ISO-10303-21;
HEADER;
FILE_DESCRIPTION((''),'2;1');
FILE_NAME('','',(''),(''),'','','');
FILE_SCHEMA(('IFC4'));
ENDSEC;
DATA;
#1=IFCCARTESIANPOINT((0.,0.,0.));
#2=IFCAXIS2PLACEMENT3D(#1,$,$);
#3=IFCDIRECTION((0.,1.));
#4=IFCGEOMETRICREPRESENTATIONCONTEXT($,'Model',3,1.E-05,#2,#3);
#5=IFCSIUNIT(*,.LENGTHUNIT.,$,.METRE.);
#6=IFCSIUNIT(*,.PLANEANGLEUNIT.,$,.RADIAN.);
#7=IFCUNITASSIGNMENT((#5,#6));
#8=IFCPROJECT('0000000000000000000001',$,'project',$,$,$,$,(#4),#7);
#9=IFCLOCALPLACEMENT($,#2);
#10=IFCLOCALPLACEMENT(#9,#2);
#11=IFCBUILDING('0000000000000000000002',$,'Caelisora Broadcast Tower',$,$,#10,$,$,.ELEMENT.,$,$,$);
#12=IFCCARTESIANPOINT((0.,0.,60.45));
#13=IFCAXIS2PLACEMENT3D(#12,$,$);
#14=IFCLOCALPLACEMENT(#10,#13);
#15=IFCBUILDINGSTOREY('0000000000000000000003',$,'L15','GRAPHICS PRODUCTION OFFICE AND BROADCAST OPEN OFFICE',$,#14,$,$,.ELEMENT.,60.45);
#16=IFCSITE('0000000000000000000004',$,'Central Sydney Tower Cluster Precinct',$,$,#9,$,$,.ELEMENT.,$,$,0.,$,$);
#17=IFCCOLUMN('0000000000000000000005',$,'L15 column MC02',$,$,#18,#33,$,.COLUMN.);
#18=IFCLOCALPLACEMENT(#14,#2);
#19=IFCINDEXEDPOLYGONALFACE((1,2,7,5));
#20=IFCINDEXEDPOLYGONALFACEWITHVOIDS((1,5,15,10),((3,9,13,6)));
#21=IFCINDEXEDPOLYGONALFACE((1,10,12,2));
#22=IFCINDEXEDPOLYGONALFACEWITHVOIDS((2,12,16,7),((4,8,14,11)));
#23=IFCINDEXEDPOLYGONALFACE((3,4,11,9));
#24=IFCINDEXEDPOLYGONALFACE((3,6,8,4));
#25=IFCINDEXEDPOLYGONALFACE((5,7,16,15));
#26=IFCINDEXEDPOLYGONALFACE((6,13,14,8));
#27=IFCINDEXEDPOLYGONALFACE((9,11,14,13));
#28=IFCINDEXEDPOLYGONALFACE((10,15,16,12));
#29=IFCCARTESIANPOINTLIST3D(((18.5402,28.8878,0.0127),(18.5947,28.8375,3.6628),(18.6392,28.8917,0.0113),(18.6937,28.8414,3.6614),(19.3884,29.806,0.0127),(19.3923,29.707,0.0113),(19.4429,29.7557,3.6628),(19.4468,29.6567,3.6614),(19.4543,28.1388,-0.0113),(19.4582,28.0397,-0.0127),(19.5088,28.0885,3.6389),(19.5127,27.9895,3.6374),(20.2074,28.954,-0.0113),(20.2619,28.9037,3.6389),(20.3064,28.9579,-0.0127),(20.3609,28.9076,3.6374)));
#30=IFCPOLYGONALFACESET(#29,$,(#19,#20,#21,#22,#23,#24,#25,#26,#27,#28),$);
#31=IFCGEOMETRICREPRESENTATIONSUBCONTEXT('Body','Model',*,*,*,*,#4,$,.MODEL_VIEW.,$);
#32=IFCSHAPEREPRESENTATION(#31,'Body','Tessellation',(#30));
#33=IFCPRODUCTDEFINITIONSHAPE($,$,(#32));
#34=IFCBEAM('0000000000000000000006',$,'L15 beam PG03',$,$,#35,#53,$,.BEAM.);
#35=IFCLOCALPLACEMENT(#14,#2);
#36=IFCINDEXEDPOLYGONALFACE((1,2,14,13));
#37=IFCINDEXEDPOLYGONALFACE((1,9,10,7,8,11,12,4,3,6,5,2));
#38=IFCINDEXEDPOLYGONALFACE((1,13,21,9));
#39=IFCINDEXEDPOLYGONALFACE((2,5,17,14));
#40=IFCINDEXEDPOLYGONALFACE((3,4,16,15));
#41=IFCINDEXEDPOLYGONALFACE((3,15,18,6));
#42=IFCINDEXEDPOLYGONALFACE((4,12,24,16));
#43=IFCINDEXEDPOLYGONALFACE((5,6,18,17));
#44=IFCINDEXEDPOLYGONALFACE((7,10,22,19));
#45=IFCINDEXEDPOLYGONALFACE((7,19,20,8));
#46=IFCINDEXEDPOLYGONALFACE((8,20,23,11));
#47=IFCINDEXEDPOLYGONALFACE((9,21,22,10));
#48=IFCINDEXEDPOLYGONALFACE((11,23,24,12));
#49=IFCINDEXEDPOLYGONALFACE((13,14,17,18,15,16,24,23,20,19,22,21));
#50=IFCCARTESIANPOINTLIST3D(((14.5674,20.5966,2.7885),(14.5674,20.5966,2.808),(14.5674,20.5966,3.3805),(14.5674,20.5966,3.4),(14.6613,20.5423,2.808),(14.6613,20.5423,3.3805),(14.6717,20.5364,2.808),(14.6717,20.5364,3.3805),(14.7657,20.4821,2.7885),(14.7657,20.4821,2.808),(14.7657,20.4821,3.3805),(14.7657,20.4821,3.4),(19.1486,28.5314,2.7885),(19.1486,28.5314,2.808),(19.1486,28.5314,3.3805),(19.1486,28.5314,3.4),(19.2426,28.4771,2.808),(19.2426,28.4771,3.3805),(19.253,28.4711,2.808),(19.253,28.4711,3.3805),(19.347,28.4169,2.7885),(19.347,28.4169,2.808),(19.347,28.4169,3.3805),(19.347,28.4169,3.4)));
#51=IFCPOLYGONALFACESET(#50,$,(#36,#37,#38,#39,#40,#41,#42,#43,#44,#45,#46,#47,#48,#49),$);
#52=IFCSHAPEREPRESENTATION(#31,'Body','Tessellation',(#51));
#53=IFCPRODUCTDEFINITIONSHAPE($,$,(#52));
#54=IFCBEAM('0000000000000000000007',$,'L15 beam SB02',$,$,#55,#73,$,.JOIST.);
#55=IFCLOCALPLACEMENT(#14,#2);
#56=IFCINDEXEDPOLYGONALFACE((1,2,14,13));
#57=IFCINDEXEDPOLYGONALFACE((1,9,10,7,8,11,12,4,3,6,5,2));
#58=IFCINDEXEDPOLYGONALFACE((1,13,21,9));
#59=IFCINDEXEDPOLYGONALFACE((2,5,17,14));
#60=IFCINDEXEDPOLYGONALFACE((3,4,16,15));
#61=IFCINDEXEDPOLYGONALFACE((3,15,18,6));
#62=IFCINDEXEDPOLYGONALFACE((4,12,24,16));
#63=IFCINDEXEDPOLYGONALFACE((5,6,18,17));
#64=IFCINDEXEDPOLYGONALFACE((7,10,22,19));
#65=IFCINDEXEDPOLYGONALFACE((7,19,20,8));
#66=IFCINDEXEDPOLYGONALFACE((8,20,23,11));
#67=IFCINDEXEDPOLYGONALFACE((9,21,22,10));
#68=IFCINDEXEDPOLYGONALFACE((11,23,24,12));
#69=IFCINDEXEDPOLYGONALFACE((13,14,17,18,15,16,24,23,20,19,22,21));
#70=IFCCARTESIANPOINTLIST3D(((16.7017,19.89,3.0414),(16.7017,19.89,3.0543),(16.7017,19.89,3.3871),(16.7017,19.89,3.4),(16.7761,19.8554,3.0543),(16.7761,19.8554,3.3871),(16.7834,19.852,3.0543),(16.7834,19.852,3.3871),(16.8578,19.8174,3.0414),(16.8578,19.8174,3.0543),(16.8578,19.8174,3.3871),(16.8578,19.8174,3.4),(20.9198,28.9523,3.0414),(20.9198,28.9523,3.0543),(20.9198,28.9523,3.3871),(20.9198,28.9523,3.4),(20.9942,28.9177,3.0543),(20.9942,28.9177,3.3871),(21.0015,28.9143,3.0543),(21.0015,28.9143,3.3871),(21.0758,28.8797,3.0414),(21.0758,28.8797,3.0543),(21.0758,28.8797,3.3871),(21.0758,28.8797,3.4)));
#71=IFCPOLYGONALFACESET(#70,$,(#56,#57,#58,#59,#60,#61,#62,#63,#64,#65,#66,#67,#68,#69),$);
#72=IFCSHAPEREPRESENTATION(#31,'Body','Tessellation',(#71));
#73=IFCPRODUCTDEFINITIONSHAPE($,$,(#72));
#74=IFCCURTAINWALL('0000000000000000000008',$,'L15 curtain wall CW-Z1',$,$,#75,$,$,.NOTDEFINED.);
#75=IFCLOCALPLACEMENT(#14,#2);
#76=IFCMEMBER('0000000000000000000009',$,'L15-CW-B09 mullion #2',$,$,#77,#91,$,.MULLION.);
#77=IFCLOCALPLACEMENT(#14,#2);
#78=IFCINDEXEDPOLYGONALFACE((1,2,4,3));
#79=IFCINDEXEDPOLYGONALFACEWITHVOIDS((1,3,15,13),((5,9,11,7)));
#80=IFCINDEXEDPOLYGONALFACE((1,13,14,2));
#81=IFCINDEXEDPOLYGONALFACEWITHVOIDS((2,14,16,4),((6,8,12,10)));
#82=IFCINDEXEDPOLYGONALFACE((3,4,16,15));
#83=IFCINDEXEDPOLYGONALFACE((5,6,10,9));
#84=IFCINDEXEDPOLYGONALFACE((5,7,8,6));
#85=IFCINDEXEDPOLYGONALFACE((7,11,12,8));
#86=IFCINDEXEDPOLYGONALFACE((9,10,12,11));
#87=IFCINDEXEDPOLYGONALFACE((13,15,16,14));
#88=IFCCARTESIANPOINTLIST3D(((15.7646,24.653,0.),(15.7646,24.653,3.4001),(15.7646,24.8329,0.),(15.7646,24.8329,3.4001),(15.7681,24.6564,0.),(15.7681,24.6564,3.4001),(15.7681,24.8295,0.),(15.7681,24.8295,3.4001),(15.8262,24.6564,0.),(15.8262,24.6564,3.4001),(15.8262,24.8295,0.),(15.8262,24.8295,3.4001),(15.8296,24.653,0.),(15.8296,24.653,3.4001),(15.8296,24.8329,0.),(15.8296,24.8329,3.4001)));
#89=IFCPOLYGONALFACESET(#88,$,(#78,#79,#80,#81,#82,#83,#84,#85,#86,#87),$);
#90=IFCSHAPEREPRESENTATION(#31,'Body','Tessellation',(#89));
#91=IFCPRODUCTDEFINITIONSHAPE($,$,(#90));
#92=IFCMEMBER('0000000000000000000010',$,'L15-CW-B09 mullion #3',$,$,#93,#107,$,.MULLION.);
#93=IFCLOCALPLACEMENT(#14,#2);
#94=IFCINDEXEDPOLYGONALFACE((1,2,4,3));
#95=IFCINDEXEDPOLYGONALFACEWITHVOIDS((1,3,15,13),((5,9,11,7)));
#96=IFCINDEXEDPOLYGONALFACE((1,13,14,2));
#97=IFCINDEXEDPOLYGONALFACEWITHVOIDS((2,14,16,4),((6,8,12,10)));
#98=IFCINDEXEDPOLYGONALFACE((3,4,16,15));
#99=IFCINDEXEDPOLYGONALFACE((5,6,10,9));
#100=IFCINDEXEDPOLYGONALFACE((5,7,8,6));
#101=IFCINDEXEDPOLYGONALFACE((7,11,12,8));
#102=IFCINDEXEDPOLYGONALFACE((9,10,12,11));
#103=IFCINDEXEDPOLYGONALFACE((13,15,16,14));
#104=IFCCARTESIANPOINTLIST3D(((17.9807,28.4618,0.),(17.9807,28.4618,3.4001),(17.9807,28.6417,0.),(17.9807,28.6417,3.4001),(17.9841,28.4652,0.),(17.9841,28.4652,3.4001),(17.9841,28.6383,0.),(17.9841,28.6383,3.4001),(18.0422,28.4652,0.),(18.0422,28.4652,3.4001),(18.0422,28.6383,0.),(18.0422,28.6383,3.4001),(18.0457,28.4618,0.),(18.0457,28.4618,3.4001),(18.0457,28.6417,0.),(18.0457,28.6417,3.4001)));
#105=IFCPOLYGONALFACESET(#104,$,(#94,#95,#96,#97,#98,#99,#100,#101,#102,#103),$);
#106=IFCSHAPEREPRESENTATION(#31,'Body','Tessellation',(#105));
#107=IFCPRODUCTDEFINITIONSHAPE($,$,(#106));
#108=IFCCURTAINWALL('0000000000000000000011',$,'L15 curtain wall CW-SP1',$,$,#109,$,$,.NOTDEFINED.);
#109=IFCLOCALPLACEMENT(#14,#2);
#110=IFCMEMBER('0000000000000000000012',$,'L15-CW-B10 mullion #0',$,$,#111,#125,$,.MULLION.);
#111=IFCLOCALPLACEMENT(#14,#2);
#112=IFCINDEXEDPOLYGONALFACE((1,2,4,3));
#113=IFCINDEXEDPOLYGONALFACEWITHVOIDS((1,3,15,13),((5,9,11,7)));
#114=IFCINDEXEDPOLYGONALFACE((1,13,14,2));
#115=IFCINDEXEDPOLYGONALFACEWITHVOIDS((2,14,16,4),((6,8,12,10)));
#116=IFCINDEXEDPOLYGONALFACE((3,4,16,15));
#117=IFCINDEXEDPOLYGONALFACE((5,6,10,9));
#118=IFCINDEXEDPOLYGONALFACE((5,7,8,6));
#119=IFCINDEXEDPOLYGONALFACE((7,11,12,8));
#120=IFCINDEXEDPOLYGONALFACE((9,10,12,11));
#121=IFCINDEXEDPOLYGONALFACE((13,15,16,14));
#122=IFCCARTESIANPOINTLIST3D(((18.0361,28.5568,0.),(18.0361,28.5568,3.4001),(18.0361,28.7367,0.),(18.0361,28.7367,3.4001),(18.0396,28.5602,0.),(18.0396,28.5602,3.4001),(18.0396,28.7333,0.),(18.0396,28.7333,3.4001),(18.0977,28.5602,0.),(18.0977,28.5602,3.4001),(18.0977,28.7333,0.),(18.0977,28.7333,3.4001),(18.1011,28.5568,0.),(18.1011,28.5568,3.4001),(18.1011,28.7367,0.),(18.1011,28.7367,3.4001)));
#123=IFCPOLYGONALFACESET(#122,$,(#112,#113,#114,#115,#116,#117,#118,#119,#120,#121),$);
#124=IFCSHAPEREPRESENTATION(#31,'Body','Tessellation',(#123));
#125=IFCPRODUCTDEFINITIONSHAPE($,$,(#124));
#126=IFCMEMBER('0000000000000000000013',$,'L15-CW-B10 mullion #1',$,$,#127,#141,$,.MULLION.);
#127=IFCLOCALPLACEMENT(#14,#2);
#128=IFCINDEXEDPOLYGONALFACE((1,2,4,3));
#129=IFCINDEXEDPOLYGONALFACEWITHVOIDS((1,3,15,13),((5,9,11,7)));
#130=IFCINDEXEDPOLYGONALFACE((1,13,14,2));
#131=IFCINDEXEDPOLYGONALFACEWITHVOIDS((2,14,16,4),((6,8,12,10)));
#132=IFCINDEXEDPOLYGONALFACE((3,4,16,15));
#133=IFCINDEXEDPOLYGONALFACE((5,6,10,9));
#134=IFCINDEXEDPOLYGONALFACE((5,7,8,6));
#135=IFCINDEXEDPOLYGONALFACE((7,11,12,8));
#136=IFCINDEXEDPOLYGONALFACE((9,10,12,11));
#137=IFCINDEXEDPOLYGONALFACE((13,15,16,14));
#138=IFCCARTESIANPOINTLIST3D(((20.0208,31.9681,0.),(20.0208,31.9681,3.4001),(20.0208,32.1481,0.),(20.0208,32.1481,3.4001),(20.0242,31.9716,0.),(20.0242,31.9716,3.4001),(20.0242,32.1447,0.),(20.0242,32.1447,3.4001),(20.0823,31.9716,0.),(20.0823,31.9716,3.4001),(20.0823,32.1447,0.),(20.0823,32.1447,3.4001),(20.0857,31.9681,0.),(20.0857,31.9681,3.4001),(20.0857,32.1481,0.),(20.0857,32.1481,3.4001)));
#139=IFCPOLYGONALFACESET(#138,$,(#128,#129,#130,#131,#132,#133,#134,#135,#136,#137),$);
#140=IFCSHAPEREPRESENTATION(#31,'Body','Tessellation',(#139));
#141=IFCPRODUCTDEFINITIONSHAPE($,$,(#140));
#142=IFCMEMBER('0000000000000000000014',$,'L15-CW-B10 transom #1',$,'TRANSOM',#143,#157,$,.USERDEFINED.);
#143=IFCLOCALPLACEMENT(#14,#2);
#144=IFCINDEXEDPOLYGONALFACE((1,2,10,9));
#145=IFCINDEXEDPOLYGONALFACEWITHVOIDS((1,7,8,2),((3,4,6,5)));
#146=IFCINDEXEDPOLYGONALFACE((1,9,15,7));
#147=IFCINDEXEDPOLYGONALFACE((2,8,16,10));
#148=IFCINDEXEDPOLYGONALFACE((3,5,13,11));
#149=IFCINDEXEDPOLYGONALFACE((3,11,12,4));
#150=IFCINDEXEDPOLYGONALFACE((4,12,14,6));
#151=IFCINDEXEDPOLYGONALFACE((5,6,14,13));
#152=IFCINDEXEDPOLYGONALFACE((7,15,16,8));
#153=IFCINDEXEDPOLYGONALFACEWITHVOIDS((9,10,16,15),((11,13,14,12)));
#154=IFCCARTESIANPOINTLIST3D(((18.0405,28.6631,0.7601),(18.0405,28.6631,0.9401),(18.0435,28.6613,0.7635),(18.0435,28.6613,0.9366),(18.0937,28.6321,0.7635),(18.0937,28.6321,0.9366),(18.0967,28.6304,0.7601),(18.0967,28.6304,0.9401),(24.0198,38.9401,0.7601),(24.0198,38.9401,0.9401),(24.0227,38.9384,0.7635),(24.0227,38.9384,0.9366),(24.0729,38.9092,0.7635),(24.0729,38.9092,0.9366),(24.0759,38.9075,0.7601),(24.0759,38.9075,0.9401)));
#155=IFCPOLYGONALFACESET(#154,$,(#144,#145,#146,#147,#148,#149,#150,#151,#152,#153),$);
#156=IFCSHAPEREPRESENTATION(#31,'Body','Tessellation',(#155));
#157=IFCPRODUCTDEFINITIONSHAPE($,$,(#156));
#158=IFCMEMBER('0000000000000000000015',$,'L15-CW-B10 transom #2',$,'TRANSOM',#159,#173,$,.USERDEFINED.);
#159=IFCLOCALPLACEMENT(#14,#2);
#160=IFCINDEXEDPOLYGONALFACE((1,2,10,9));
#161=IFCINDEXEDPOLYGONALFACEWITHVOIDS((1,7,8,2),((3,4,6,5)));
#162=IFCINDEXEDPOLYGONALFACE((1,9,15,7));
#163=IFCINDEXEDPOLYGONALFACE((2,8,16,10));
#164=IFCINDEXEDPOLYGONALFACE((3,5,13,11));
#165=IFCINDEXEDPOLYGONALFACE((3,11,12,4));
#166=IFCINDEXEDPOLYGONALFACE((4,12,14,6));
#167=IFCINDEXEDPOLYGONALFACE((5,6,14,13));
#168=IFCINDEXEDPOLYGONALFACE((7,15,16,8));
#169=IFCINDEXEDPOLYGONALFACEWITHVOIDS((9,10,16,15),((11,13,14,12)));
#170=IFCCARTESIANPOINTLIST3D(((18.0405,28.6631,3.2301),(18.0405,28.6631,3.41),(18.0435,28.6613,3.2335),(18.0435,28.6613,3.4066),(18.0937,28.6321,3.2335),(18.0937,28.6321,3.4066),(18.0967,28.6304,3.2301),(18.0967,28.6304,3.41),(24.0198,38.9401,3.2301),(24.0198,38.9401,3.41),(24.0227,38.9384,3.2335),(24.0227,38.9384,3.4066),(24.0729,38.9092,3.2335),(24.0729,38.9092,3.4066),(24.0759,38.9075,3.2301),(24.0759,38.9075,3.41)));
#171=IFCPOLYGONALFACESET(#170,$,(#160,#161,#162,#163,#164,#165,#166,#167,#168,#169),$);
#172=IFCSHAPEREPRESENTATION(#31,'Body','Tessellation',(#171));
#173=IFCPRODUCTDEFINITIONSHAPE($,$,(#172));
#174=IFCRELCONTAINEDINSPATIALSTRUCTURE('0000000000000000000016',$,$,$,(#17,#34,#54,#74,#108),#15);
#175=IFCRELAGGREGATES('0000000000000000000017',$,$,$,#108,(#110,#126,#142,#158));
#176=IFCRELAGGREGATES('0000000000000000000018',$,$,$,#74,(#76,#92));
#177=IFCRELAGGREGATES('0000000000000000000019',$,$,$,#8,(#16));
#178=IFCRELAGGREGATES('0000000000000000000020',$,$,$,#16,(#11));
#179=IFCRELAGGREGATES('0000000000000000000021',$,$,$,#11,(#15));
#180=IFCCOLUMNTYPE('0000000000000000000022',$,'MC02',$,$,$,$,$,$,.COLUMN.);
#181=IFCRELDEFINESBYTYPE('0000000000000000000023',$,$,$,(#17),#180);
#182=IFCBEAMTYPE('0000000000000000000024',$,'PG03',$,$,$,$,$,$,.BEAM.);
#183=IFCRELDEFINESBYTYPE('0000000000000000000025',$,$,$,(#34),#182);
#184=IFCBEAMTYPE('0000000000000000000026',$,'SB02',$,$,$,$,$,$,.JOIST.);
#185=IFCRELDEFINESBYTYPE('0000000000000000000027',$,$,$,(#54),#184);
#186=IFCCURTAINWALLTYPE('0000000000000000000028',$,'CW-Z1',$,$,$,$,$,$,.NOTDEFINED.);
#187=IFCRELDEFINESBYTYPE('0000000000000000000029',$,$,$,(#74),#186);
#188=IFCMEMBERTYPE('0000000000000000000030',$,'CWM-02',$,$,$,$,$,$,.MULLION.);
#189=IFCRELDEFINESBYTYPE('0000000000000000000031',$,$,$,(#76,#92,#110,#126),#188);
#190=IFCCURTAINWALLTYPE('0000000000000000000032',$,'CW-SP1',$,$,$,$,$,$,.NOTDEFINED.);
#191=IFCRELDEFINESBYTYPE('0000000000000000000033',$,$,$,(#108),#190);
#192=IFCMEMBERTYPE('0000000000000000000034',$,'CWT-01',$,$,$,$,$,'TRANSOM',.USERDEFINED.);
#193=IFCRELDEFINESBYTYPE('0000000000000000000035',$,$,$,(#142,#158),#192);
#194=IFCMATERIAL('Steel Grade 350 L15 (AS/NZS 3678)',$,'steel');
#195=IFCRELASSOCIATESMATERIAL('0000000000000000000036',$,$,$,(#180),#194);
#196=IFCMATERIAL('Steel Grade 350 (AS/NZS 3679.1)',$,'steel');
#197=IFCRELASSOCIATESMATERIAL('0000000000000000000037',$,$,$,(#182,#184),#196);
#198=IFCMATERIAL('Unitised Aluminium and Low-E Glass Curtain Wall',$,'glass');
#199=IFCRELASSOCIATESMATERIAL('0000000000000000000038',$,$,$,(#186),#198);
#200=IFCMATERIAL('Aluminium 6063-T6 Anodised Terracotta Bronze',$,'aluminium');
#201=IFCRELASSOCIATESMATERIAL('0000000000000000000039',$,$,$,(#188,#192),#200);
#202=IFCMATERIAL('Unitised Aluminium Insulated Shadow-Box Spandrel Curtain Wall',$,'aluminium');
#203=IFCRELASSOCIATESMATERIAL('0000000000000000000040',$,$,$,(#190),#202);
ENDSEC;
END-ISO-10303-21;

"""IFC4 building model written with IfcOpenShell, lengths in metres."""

from ifc_helpers import new_model, si_unit, direction, frame, origin, origin_2d, place, context, subcontext, project, spatial, hollow_rectangle, i_section, extrude, source, transform, mapped, material, material_profile, profile_set, type_object, type_shapes, element, aggregate, save


model = new_model("IFC4")

# Units and contexts
model_context = context("Model", 3, precision=1e-05, world=origin(), true_north=direction((0.0, 1.0)))
body_context = subcontext(model_context, "Body", "Model", "MODEL_VIEW")
ifc_project = project(units=[si_unit("LENGTHUNIT", "METRE"), si_unit("PLANEANGLEUNIT", "RADIAN")], contexts=[model_context])

# Site, building, storey
site_placement = place(None, origin())
site = spatial("IfcSite", under=ifc_project, at=site_placement, Name="Central Sydney Tower Cluster Precinct", CompositionType="ELEMENT", RefElevation=0.0)
building_placement = place(site_placement, origin())
building = spatial("IfcBuilding", under=site, at=building_placement, Name="Caelisora Broadcast Tower", CompositionType="ELEMENT")
storey_placement = place(building_placement, frame((0.0, 0.0, 60.45)))
storey = spatial("IfcBuildingStorey", under=building, at=storey_placement, Name="L15", Description="GRAPHICS PRODUCTION OFFICE AND BROADCAST OPEN OFFICE", CompositionType="ELEMENT", Elevation=60.45)

# Column
ifc_material_1 = material(Name="Steel Grade 350 L15 (AS/NZS 3678)", Category="steel")
ifc_material_profile_1 = material_profile(ifc_material_1, hollow_rectangle(XDim=1.25, YDim=1.25, WallThickness=0.0701, at=origin_2d()), Name="Steel Grade 350 L15 (AS/NZS 3678)")
ifc_profile_set_1 = profile_set([ifc_material_profile_1], Name="Steel Grade 350 L15 (AS/NZS 3678)")
column_type = type_object("IfcColumnType", Name="MC02", PredefinedType="COLUMN", material=ifc_profile_set_1)
shared_shape_1 = source(origin(), body_context, "Body", "SweptSolid", [
    extrude(hollow_rectangle(XDim=1.25, YDim=1.25, WallThickness=0.0701, at=origin_2d()), origin(), (0.0, 0.0, 1.0), 3.6509),
])
type_shapes(column_type, [shared_shape_1])
column_placement = place(storey_placement, frame((19.4233, 28.9229, 0.0), z_axis=(0.014912, -0.013776, 0.999794), x_axis=(0.678554, 0.734551, 0.0)))
element("IfcColumn", 1, at=column_placement, inside=storey, type_object=column_type, Name="L15 column MC02", PredefinedType="COLUMN", context=body_context, shape_type="MappedRepresentation", body=[
    mapped(shared_shape_1, transform((0.0, 0.0, 0.0), scale=1.0)),
])

# Beams
ifc_material_2 = material(Name="Steel Grade 350 (AS/NZS 3679.1)", Category="steel")
ifc_material_profile_2 = material_profile(ifc_material_2, i_section(OverallWidth=0.229, OverallDepth=0.6116, WebThickness=0.012, FlangeThickness=0.0195, at=origin_2d()), Name="Steel Grade 350 (AS/NZS 3679.1)")
ifc_profile_set_2 = profile_set([ifc_material_profile_2], Name="Steel Grade 350 (AS/NZS 3679.1)")
beam_type_1 = type_object("IfcBeamType", Name="PG03", PredefinedType="BEAM", material=ifc_profile_set_2)
shared_shape_2 = source(origin(), body_context, "Body", "SweptSolid", [
    extrude(i_section(OverallWidth=0.229, OverallDepth=0.6116, WebThickness=0.012, FlangeThickness=0.0195, at=origin_2d()), origin(), (0.0, 0.0, 1.0), 9.1624),
])
type_shapes(beam_type_1, [shared_shape_2])
beam_1_placement = place(storey_placement, frame((19.2478, 28.4741, 3.0942), z_axis=(-0.500011, -0.866019, 0.0), x_axis=(0.866019, -0.500011, 0.0)))
element("IfcBeam", 2, at=beam_1_placement, inside=storey, type_object=beam_type_1, Name="L15 beam PG03", PredefinedType="BEAM", context=body_context, shape_type="MappedRepresentation", body=[
    mapped(shared_shape_2, transform((0.0, 0.0, 0.0), scale=1.0)),
])
ifc_material_profile_3 = material_profile(ifc_material_2, i_section(OverallWidth=0.1721, OverallDepth=0.3586, WebThickness=0.0081, FlangeThickness=0.0129, at=origin_2d()), Name="Steel Grade 350 (AS/NZS 3679.1)")
ifc_profile_set_3 = profile_set([ifc_material_profile_3], Name="Steel Grade 350 (AS/NZS 3679.1)")
beam_type_2 = type_object("IfcBeamType", Name="SB02", PredefinedType="JOIST", material=ifc_profile_set_3)
shared_shape_3 = source(origin(), body_context, "Body", "SweptSolid", [
    extrude(i_section(OverallWidth=0.1721, OverallDepth=0.3586, WebThickness=0.0081, FlangeThickness=0.0129, at=origin_2d()), origin(), (0.0, 0.0, 1.0), 9.9958),
])
type_shapes(beam_type_2, [shared_shape_3])
beam_2_placement = place(storey_placement, frame((20.9978, 28.916, 3.2207), z_axis=(-0.421979, -0.906606, 0.0), x_axis=(0.906606, -0.421979, 0.0)))
element("IfcBeam", 3, at=beam_2_placement, inside=storey, type_object=beam_type_2, Name="L15 beam SB02", PredefinedType="JOIST", context=body_context, shape_type="MappedRepresentation", body=[
    mapped(shared_shape_3, transform((0.0, 0.0, 0.0), scale=1.0)),
])

# Curtain walls, members
ifc_material_3 = material(Name="Unitised Aluminium and Low-E Glass Curtain Wall", Category="glass")
curtain_wall_type_1 = type_object("IfcCurtainWallType", Name="CW-Z1", PredefinedType="NOTDEFINED", material=ifc_material_3)
curtain_wall_1_placement = place(storey_placement, origin())
curtain_wall_1 = element("IfcCurtainWall", 4, at=curtain_wall_1_placement, inside=storey, type_object=curtain_wall_type_1, Name="L15 curtain wall CW-Z1", PredefinedType="NOTDEFINED")
ifc_material_4 = material(Name="Aluminium 6063-T6 Anodised Terracotta Bronze", Category="aluminium")
ifc_material_profile_4 = material_profile(ifc_material_4, hollow_rectangle(XDim=0.0649, YDim=0.1799, WallThickness=0.0034, at=origin_2d()), Name="Aluminium 6063-T6 Anodised Terracotta Bronze")
ifc_profile_set_4 = profile_set([ifc_material_profile_4], Name="Aluminium 6063-T6 Anodised Terracotta Bronze")
member_type_1 = type_object("IfcMemberType", Name="CWM-02", PredefinedType="MULLION", material=ifc_profile_set_4)
shared_shape_4 = source(origin(), body_context, "Body", "SweptSolid", [
    extrude(hollow_rectangle(XDim=0.0649, YDim=0.1799, WallThickness=0.0034, at=origin_2d()), origin(), (0.0, 0.0, 1.0), 3.4001),
])
type_shapes(member_type_1, [shared_shape_4])
member_1_placement = place(storey_placement, frame((15.7971, 24.7429, 0.0), z_axis=(0.0, 0.0, 1.0), x_axis=(1.0, 0.0, 0.0)))
member_1 = element("IfcMember", 5, at=member_1_placement, type_object=member_type_1, Name="L15-CW-B09 mullion #2", PredefinedType="MULLION", context=body_context, shape_type="MappedRepresentation", body=[
    mapped(shared_shape_4, transform((0.0, 0.0, 0.0), scale=1.0)),
])
member_2_placement = place(storey_placement, frame((18.0132, 28.5518, 0.0), z_axis=(0.0, 0.0, 1.0), x_axis=(1.0, 0.0, 0.0)))
member_2 = element("IfcMember", 6, at=member_2_placement, type_object=member_type_1, Name="L15-CW-B09 mullion #3", PredefinedType="MULLION", context=body_context, shape_type="MappedRepresentation", body=[
    mapped(shared_shape_4, transform((0.0, 0.0, 0.0), scale=1.0)),
])
ifc_material_5 = material(Name="Unitised Aluminium Insulated Shadow-Box Spandrel Curtain Wall", Category="aluminium")
curtain_wall_type_2 = type_object("IfcCurtainWallType", Name="CW-SP1", PredefinedType="NOTDEFINED", material=ifc_material_5)
curtain_wall_2_placement = place(storey_placement, origin())
curtain_wall_2 = element("IfcCurtainWall", 7, at=curtain_wall_2_placement, inside=storey, type_object=curtain_wall_type_2, Name="L15 curtain wall CW-SP1", PredefinedType="NOTDEFINED")
member_3_placement = place(storey_placement, frame((18.0686, 28.6467, 0.0), z_axis=(0.0, 0.0, 1.0), x_axis=(1.0, 0.0, 0.0)))
member_3 = element("IfcMember", 8, at=member_3_placement, type_object=member_type_1, Name="L15-CW-B10 mullion #0", PredefinedType="MULLION", context=body_context, shape_type="MappedRepresentation", body=[
    mapped(shared_shape_4, transform((0.0, 0.0, 0.0), scale=1.0)),
])
member_4_placement = place(storey_placement, frame((20.0532, 32.0581, 0.0), z_axis=(0.0, 0.0, 1.0), x_axis=(1.0, 0.0, 0.0)))
member_4 = element("IfcMember", 9, at=member_4_placement, type_object=member_type_1, Name="L15-CW-B10 mullion #1", PredefinedType="MULLION", context=body_context, shape_type="MappedRepresentation", body=[
    mapped(shared_shape_4, transform((0.0, 0.0, 0.0), scale=1.0)),
])
ifc_material_profile_5 = material_profile(ifc_material_4, hollow_rectangle(XDim=0.0649, YDim=0.1799, WallThickness=0.0034, at=origin_2d()), Name="Aluminium 6063-T6 Anodised Terracotta Bronze")
ifc_profile_set_5 = profile_set([ifc_material_profile_5], Name="Aluminium 6063-T6 Anodised Terracotta Bronze")
member_type_2 = type_object("IfcMemberType", Name="CWT-01", ElementType="TRANSOM", PredefinedType="USERDEFINED", material=ifc_profile_set_5)
shared_shape_5 = source(origin(), body_context, "Body", "SweptSolid", [
    extrude(hollow_rectangle(XDim=0.0649, YDim=0.1799, WallThickness=0.0034, at=origin_2d()), origin(), (0.0, 0.0, 1.0), 11.8899),
])
type_shapes(member_type_2, [shared_shape_5])
member_5_placement = place(storey_placement, frame((18.0686, 28.6467, 0.8501), z_axis=(0.502884, 0.864354, 0.0), x_axis=(-0.864354, 0.502884, 0.0)))
member_5 = element("IfcMember", 10, at=member_5_placement, type_object=member_type_2, Name="L15-CW-B10 transom #1", ObjectType="TRANSOM", PredefinedType="USERDEFINED", context=body_context, shape_type="MappedRepresentation", body=[
    mapped(shared_shape_5, transform((0.0, 0.0, 0.0), scale=1.0)),
])
member_6_placement = place(storey_placement, frame((18.0686, 28.6467, 3.3201), z_axis=(0.502884, 0.864354, 0.0), x_axis=(-0.864354, 0.502884, 0.0)))
member_6 = element("IfcMember", 11, at=member_6_placement, type_object=member_type_2, Name="L15-CW-B10 transom #2", ObjectType="TRANSOM", PredefinedType="USERDEFINED", context=body_context, shape_type="MappedRepresentation", body=[
    mapped(shared_shape_5, transform((0.0, 0.0, 0.0), scale=1.0)),
])

aggregate(curtain_wall_2, [member_3, member_4, member_5, member_6])
aggregate(curtain_wall_1, [member_1, member_2])

save(model, "model.ifc")
